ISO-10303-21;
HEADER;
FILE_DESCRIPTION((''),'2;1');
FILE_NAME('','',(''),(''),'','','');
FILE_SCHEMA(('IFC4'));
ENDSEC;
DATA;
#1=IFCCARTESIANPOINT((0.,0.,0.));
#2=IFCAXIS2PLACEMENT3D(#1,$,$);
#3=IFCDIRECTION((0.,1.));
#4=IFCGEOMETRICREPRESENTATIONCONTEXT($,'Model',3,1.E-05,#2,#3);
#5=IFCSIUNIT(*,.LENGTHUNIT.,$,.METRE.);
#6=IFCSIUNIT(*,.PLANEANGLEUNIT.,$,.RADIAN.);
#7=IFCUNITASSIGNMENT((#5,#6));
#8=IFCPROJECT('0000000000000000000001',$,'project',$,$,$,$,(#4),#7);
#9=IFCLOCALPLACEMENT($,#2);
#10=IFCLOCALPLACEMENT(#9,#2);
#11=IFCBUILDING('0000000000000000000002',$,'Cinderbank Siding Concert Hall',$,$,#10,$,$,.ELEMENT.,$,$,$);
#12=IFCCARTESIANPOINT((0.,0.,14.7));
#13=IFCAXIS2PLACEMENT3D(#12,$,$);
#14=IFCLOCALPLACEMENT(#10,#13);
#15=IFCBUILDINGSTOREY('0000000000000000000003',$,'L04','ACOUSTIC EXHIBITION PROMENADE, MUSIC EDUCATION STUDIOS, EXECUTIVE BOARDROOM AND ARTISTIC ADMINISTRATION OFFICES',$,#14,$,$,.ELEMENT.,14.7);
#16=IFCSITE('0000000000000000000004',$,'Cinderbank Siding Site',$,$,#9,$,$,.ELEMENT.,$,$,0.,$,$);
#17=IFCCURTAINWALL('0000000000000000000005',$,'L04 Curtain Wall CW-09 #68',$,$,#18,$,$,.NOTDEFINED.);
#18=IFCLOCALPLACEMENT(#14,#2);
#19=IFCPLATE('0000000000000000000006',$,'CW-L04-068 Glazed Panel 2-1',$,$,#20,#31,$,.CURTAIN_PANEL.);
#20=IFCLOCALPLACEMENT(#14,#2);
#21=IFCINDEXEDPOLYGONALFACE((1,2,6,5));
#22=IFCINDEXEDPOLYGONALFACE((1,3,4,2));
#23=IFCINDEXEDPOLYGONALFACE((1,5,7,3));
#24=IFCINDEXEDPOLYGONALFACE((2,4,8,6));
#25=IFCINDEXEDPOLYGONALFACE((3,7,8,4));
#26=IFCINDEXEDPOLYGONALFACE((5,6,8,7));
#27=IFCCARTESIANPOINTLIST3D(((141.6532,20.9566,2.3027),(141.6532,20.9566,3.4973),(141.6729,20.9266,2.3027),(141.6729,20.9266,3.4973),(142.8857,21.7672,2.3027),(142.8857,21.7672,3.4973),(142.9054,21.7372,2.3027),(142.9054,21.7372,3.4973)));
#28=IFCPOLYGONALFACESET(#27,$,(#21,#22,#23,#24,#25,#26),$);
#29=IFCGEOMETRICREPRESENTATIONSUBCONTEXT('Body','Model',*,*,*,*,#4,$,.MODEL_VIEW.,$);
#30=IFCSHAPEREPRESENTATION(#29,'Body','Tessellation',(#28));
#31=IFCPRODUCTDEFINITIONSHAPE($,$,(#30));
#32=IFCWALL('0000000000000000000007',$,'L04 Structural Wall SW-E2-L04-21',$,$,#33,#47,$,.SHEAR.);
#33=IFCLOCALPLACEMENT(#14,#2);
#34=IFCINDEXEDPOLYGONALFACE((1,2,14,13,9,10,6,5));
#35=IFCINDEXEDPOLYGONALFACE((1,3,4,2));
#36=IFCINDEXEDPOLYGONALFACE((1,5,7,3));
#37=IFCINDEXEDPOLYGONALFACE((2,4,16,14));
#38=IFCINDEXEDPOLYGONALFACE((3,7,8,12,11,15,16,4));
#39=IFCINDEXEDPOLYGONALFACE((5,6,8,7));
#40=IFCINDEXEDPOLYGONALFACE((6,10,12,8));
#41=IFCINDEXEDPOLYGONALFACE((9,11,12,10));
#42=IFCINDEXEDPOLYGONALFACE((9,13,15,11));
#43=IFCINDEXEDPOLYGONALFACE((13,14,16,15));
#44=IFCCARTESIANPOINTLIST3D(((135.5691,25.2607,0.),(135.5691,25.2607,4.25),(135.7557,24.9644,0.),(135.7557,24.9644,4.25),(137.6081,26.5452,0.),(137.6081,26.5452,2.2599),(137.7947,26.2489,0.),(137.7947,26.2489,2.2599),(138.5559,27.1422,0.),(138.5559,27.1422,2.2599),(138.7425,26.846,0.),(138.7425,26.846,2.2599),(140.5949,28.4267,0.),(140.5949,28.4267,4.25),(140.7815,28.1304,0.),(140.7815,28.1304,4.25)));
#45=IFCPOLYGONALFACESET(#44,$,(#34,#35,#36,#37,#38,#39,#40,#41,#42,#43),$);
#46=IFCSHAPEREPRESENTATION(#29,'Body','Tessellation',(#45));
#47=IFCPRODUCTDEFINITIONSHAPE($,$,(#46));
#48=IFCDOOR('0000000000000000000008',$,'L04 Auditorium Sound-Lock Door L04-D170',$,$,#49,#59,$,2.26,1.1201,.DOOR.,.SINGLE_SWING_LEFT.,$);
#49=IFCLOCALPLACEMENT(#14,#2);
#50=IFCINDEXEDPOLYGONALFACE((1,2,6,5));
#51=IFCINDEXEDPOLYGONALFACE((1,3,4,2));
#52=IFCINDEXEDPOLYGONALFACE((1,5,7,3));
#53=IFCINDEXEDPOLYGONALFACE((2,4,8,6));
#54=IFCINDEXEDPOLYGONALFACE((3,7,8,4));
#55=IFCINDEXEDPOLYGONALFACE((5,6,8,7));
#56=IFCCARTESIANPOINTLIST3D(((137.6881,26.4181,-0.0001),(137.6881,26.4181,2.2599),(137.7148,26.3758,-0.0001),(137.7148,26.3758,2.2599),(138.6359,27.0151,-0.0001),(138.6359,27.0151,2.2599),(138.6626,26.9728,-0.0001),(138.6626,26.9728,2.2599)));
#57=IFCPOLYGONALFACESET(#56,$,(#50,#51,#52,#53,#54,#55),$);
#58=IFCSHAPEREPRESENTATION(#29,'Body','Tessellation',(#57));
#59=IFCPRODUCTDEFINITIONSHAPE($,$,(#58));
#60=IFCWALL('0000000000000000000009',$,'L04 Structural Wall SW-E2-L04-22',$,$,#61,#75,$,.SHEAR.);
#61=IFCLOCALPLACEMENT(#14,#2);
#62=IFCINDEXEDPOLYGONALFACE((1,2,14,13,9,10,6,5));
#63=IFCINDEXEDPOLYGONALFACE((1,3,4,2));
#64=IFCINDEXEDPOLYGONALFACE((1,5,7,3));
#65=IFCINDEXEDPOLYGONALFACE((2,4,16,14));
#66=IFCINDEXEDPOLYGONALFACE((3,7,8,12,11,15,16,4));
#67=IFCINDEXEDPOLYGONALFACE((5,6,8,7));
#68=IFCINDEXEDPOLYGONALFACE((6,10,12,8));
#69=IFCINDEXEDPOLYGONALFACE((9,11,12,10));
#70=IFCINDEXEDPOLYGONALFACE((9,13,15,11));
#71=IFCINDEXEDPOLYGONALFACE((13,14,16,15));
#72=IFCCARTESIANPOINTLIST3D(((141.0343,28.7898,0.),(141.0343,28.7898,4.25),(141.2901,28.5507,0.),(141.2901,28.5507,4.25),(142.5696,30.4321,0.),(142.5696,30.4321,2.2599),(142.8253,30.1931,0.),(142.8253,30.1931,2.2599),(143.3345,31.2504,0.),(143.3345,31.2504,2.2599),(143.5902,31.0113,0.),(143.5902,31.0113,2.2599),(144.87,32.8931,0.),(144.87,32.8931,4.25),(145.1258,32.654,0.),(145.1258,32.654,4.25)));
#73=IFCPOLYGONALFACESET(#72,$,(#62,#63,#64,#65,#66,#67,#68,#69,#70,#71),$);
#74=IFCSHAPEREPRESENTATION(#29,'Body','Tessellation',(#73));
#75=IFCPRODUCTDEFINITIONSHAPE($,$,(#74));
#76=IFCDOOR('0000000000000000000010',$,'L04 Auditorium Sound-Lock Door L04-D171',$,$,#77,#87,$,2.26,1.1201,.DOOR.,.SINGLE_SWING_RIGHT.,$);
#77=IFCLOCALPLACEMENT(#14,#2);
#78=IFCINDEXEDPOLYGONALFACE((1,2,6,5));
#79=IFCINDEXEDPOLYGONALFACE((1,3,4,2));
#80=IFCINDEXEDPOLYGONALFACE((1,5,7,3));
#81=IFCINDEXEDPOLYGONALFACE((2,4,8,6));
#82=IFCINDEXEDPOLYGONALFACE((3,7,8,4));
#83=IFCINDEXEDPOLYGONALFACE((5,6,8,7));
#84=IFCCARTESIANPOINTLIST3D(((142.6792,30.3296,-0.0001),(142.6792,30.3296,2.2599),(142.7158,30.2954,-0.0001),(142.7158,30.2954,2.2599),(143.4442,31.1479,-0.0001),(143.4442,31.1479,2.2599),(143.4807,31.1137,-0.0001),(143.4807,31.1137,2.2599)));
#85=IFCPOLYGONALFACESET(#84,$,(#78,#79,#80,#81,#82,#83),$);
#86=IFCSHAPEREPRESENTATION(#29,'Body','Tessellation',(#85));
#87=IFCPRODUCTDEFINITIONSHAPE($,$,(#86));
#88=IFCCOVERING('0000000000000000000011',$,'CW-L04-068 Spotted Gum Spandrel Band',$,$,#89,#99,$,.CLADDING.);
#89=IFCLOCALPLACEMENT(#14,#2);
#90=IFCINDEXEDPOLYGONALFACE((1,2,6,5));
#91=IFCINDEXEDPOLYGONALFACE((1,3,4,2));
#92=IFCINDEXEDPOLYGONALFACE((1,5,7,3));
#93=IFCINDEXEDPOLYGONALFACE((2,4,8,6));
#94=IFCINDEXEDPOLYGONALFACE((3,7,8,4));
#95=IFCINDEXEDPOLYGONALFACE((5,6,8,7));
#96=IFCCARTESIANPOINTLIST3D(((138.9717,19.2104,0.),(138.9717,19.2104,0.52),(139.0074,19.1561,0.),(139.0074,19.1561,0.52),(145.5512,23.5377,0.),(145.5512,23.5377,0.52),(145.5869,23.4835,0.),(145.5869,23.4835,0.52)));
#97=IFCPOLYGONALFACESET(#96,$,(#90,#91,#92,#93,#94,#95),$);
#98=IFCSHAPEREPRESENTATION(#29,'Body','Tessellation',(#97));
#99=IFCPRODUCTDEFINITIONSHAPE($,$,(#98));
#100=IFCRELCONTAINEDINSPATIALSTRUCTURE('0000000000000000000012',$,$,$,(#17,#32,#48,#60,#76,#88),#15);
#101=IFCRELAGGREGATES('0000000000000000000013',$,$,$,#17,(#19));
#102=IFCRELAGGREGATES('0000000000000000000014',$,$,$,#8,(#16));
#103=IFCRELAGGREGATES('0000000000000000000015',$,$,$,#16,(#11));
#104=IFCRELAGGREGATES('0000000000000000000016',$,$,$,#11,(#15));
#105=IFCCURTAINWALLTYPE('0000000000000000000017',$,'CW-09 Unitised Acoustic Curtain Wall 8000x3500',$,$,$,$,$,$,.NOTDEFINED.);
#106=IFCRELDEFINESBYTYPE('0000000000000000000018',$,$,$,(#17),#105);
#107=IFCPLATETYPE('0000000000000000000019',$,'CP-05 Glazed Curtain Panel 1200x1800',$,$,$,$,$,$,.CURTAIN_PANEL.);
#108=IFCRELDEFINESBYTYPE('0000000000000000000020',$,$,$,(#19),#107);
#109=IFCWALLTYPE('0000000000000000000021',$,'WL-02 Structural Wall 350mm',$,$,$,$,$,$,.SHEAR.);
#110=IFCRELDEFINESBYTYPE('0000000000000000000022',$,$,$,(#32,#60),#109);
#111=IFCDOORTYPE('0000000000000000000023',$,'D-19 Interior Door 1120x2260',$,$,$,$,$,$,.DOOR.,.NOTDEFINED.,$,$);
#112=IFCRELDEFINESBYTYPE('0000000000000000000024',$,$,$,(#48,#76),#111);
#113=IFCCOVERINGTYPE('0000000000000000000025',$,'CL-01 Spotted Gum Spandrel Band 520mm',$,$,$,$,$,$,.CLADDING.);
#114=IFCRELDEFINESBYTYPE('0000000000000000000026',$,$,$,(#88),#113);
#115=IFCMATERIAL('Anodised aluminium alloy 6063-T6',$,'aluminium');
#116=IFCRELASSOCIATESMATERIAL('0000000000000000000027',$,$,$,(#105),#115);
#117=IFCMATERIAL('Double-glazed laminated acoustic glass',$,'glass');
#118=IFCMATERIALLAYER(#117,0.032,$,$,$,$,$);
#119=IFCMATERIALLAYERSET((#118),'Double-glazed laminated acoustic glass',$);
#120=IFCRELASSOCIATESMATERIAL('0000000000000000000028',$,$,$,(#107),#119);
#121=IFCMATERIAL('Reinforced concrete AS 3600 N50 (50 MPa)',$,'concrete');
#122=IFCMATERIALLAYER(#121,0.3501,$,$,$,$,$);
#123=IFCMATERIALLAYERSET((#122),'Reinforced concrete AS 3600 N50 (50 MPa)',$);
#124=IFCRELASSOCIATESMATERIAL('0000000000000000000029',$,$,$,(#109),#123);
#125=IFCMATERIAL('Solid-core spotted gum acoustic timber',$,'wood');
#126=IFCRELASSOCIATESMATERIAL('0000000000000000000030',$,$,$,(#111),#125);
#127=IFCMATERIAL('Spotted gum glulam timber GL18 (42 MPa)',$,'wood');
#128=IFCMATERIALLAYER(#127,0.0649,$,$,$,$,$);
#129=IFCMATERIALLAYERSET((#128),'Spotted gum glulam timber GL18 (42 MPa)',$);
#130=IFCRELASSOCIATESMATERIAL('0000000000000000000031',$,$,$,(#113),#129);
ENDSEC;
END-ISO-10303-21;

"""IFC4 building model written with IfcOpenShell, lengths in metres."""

from ifc_helpers import new_model, si_unit, direction, frame, frame_2d, origin, origin_2d, place, context, subcontext, project, spatial, rectangle, extrude, material, layer, layer_set, type_object, element, fill, aggregate, save


model = new_model("IFC4")

# Units and contexts
model_context = context("Model", 3, precision=1e-05, world=origin(), true_north=direction((0.0, 1.0)))
body_context = subcontext(model_context, "Body", "Model", "MODEL_VIEW")
ifc_project = project(units=[si_unit("LENGTHUNIT", "METRE"), si_unit("PLANEANGLEUNIT", "RADIAN")], contexts=[model_context])

# Site, building, storey
site_placement = place(None, origin())
site = spatial("IfcSite", under=ifc_project, at=site_placement, Name="Cinderbank Siding Site", CompositionType="ELEMENT", RefElevation=0.0)
building_placement = place(site_placement, origin())
building = spatial("IfcBuilding", under=site, at=building_placement, Name="Cinderbank Siding Concert Hall", CompositionType="ELEMENT")
storey_placement = place(building_placement, frame((0.0, 0.0, 14.7)))
storey = spatial("IfcBuildingStorey", under=building, at=storey_placement, Name="L04", Description="ACOUSTIC EXHIBITION PROMENADE, MUSIC EDUCATION STUDIOS, EXECUTIVE BOARDROOM AND ARTISTIC ADMINISTRATION OFFICES", CompositionType="ELEMENT", Elevation=14.7)

# Shared definitions
ifc_material_1 = material(Name="Reinforced concrete AS 3600 N50 (50 MPa)", Category="concrete")

# Curtain wall, plate
ifc_material_2 = material(Name="Anodised aluminium alloy 6063-T6", Category="aluminium")
curtain_wall_type = type_object("IfcCurtainWallType", Name="CW-09 Unitised Acoustic Curtain Wall 8000x3500", PredefinedType="NOTDEFINED", material=ifc_material_2)
curtain_wall_placement = place(storey_placement, origin())
curtain_wall = element("IfcCurtainWall", 1, at=curtain_wall_placement, inside=storey, type_object=curtain_wall_type, Name="L04 Curtain Wall CW-09 #68", PredefinedType="NOTDEFINED")
ifc_material_3 = material(Name="Double-glazed laminated acoustic glass", Category="glass")
ifc_layer_1 = layer(ifc_material_3, 0.032)
ifc_layer_set_1 = layer_set([ifc_layer_1], Name="Double-glazed laminated acoustic glass")
plate_type = type_object("IfcPlateType", Name="CP-05 Glazed Curtain Panel 1200x1800", PredefinedType="CURTAIN_PANEL", material=ifc_layer_set_1)
plate_1_placement = place(storey_placement, frame((142.2793, 21.3469, 2.3027), z_axis=(0.0, 0.0, 1.0), x_axis=(0.835492, 0.549503, 0.0)))
plate_1 = element("IfcPlate", 2, at=plate_1_placement, type_object=plate_type, Name="CW-L04-068 Glazed Panel 2-1", PredefinedType="CURTAIN_PANEL", context=body_context, shape_type="SweptSolid", body=[
    extrude(rectangle(XDim=1.4751, YDim=0.0359, at=origin_2d()), origin(), (0.0, 0.0, 1.0), 1.1946),
])
aggregate(curtain_wall, [plate_1])

# Walls, openings, doors
ifc_layer_2 = layer(ifc_material_1, 0.3501)
ifc_layer_set_2 = layer_set([ifc_layer_2], Name="Reinforced concrete AS 3600 N50 (50 MPa)")
wall_type = type_object("IfcWallType", Name="WL-02 Structural Wall 350mm", PredefinedType="SHEAR", material=ifc_layer_set_2)
wall_1_placement = place(storey_placement, frame((135.6624, 25.1125, 0.0), z_axis=(0.0, 0.0, 1.0), x_axis=(0.846113, 0.533003, 0.0)))
wall_1 = element("IfcWall", 3, at=wall_1_placement, inside=storey, type_object=wall_type, Name="L04 Structural Wall SW-E2-L04-21", PredefinedType="SHEAR", context=body_context, shape_type="SweptSolid", body=[
    extrude(rectangle(XDim=5.9399, YDim=0.3501, at=frame_2d((2.97, 0.0))), origin(), (0.0, 0.0, 1.0), 4.25),
])
opening_1_placement = place(wall_1_placement, frame((2.4099, 0.0, 0.0)))
opening_1 = element("IfcOpeningElement", 4, at=opening_1_placement, cuts=wall_1, PredefinedType="OPENING", context=body_context, shape_type="SweptSolid", body=[
    extrude(rectangle(XDim=1.1201, YDim=2.26, at=frame_2d((0.5601, 1.1299))), frame((0.0, 0.187, 0.0), z_axis=(0.0, -1.0, 0.0), x_axis=(1.0, 0.0, 0.0)), (0.0, 0.0, 1.0), 0.374),
])
ifc_material_4 = material(Name="Solid-core spotted gum acoustic timber", Category="wood")
door_type = type_object("IfcDoorType", Name="D-19 Interior Door 1120x2260", OperationType="NOTDEFINED", PredefinedType="DOOR", material=ifc_material_4)
door_1_placement = place(opening_1_placement, origin())
door_1 = element("IfcDoor", 5, at=door_1_placement, inside=storey, type_object=door_type, Name="L04 Auditorium Sound-Lock Door L04-D170", OperationType="SINGLE_SWING_LEFT", OverallHeight=2.26, OverallWidth=1.1201, PredefinedType="DOOR", context=body_context, shape_type="SweptSolid", body=[
    extrude(rectangle(XDim=1.1201, YDim=2.26, at=frame_2d((0.5601, 1.1299))), frame((0.0, 0.0249, 0.0), z_axis=(0.0, -1.0, 0.0), x_axis=(1.0, 0.0, 0.0)), (0.0, 0.0, 1.0), 0.05),
])
fill(opening_1, door_1)
wall_2_placement = place(storey_placement, frame((141.1621, 28.6702, 0.0), z_axis=(0.0, 0.0, 1.0), x_axis=(0.682886, 0.730525, 0.0)))
wall_2 = element("IfcWall", 6, at=wall_2_placement, inside=storey, type_object=wall_type, Name="L04 Structural Wall SW-E2-L04-22", PredefinedType="SHEAR", context=body_context, shape_type="SweptSolid", body=[
    extrude(rectangle(XDim=5.6169, YDim=0.3501, at=frame_2d((2.8086, 0.0))), origin(), (0.0, 0.0, 1.0), 4.25),
])
opening_2_placement = place(wall_2_placement, frame((2.2483, 0.0, 0.0)))
opening_2 = element("IfcOpeningElement", 7, at=opening_2_placement, cuts=wall_2, PredefinedType="OPENING", context=body_context, shape_type="SweptSolid", body=[
    extrude(rectangle(XDim=1.1201, YDim=2.26, at=frame_2d((0.5601, 1.1299))), frame((0.0, 0.187, 0.0), z_axis=(0.0, -1.0, 0.0), x_axis=(1.0, 0.0, 0.0)), (0.0, 0.0, 1.0), 0.374),
])
door_2_placement = place(opening_2_placement, origin())
door_2 = element("IfcDoor", 8, at=door_2_placement, inside=storey, type_object=door_type, Name="L04 Auditorium Sound-Lock Door L04-D171", OperationType="SINGLE_SWING_RIGHT", OverallHeight=2.26, OverallWidth=1.1201, PredefinedType="DOOR", context=body_context, shape_type="SweptSolid", body=[
    extrude(rectangle(XDim=1.1201, YDim=2.26, at=frame_2d((0.5601, 1.1299))), frame((0.0, 0.0249, 0.0), z_axis=(0.0, -1.0, 0.0), x_axis=(1.0, 0.0, 0.0)), (0.0, 0.0, 1.0), 0.05),
])
fill(opening_2, door_2)

# Covering
ifc_material_5 = material(Name="Spotted gum glulam timber GL18 (42 MPa)", Category="wood")
ifc_layer_3 = layer(ifc_material_5, 0.0649)
ifc_layer_set_3 = layer_set([ifc_layer_3], Name="Spotted gum glulam timber GL18 (42 MPa)")
covering_type = type_object("IfcCoveringType", Name="CL-01 Spotted Gum Spandrel Band 520mm", PredefinedType="CLADDING", material=ifc_layer_set_3)
covering_placement = place(storey_placement, frame((142.2793, 21.3469, 0.0), z_axis=(0.0, 0.0, 1.0), x_axis=(0.835492, 0.549503, 0.0)))
element("IfcCovering", 9, at=covering_placement, inside=storey, type_object=covering_type, Name="CW-L04-068 Spotted Gum Spandrel Band", PredefinedType="CLADDING", context=body_context, shape_type="SweptSolid", body=[
    extrude(rectangle(XDim=7.875, YDim=0.0649, at=origin_2d()), origin(), (0.0, 0.0, 1.0), 0.52),
])

save(model, "model.ifc")
